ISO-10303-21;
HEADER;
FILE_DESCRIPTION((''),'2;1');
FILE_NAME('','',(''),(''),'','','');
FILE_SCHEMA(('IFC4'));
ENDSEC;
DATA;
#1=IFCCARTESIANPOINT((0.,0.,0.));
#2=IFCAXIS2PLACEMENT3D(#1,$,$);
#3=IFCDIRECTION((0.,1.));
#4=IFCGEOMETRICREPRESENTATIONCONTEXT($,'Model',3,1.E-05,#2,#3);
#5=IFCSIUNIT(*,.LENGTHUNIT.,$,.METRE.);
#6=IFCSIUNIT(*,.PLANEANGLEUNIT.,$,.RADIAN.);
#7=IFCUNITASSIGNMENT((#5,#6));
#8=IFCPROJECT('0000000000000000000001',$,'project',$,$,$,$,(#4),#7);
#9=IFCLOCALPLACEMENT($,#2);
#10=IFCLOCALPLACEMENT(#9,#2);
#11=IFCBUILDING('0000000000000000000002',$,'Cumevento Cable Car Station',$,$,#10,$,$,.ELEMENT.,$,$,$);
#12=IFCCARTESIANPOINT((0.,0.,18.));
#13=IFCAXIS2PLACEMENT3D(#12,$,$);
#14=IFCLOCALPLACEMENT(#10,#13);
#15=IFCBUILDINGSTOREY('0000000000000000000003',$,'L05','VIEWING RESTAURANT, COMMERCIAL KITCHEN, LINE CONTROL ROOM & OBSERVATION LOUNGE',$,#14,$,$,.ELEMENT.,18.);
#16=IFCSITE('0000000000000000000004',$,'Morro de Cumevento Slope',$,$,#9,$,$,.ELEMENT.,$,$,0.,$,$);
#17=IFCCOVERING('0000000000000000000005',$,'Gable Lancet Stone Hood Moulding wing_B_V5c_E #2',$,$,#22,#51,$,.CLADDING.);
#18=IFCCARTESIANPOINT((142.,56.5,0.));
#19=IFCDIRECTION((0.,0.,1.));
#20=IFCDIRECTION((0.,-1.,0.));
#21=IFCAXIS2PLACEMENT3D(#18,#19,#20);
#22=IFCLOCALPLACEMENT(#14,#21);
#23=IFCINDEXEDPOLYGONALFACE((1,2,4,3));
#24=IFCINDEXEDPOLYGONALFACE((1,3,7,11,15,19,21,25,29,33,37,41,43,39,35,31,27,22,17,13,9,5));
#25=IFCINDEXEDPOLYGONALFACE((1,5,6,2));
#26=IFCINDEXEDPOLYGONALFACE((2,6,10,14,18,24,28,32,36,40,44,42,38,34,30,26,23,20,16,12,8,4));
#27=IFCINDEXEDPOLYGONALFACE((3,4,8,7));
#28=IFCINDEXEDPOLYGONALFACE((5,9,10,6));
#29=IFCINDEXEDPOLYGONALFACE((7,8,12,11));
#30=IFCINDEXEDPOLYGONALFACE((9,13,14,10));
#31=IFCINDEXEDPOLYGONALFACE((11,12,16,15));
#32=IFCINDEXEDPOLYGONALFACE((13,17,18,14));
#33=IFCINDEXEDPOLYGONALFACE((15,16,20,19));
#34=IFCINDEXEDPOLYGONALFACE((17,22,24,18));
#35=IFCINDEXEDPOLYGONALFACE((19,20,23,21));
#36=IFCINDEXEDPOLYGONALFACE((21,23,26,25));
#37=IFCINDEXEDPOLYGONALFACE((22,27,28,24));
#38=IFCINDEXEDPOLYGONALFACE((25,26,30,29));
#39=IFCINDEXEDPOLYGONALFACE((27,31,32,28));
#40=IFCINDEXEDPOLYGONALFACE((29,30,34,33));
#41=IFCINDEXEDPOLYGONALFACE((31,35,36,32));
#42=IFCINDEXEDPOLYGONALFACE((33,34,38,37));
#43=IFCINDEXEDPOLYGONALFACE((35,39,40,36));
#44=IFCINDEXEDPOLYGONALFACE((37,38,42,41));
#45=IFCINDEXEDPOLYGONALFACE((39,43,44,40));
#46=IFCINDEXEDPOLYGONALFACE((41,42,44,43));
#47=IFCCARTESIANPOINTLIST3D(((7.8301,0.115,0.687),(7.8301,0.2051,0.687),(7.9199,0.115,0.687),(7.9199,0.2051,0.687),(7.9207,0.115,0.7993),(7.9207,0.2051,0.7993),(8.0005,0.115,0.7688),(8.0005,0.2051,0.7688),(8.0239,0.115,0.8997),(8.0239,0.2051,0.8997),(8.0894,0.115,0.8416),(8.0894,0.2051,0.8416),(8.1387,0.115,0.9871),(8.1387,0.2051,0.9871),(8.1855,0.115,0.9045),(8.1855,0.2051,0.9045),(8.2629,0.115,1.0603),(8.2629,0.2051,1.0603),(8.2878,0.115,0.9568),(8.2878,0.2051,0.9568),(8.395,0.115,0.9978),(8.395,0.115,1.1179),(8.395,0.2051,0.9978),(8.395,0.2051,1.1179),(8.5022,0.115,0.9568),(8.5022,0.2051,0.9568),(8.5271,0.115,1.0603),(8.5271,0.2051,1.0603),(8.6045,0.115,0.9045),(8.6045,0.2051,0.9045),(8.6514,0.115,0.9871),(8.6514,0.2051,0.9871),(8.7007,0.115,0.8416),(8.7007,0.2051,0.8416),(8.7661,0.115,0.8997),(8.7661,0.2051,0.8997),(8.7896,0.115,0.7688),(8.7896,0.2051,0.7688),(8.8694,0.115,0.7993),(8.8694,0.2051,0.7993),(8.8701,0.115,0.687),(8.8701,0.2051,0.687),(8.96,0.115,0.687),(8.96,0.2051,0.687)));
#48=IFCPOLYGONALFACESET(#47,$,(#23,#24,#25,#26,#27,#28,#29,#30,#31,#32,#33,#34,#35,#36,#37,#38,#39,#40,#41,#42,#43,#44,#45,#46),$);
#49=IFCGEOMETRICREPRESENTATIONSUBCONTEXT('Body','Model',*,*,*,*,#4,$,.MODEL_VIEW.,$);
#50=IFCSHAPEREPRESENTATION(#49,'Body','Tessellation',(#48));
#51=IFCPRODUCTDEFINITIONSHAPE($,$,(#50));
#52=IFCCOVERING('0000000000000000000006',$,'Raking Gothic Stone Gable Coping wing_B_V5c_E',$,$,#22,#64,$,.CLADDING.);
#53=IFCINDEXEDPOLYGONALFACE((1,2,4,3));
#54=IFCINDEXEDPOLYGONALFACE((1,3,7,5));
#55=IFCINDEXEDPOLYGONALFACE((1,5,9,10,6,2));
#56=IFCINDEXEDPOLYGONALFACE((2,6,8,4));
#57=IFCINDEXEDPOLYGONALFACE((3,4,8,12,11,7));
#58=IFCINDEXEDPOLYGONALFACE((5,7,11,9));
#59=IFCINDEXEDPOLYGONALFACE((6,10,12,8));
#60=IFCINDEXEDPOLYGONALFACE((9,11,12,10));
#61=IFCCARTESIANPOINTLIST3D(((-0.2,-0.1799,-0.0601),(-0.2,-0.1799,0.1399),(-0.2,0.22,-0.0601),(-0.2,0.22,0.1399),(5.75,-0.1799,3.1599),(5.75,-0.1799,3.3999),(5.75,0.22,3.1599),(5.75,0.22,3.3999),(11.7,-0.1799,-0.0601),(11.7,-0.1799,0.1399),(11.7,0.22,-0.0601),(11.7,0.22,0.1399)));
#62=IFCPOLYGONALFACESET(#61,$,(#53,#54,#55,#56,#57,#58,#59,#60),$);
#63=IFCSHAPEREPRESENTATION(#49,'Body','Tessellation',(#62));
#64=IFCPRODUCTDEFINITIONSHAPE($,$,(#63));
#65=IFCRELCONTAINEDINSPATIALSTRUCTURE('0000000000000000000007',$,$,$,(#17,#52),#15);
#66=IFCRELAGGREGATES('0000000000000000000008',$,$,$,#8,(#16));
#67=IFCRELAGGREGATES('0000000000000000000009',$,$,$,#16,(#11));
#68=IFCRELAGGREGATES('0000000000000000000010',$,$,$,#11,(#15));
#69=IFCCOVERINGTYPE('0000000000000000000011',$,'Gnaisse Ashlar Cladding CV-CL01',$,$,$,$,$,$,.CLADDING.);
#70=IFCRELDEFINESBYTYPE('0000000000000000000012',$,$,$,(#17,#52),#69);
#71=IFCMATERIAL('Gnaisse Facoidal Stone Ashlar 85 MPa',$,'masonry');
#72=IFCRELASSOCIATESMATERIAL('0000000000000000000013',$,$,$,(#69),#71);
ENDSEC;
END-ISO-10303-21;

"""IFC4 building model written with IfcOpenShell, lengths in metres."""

from ifc_helpers import new_model, si_unit, direction, frame, origin, place, context, subcontext, project, spatial, polyline, outline, extrude, material, type_object, element, save


model = new_model("IFC4")

# Units and contexts
model_context = context("Model", 3, precision=1e-05, world=origin(), true_north=direction((0.0, 1.0)))
body_context = subcontext(model_context, "Body", "Model", "MODEL_VIEW")
ifc_project = project(units=[si_unit("LENGTHUNIT", "METRE"), si_unit("PLANEANGLEUNIT", "RADIAN")], contexts=[model_context])

# Site, building, storey
site_placement = place(None, origin())
site = spatial("IfcSite", under=ifc_project, at=site_placement, Name="Morro de Cumevento Slope", CompositionType="ELEMENT", RefElevation=0.0)
building_placement = place(site_placement, origin())
building = spatial("IfcBuilding", under=site, at=building_placement, Name="Cumevento Cable Car Station", CompositionType="ELEMENT")
storey_placement = place(building_placement, frame((0.0, 0.0, 18.0)))
storey = spatial("IfcBuildingStorey", under=building, at=storey_placement, Name="L05", Description="VIEWING RESTAURANT, COMMERCIAL KITCHEN, LINE CONTROL ROOM & OBSERVATION LOUNGE", CompositionType="ELEMENT", Elevation=18.0)

# Coverings
ifc_material_1 = material(Name="Gnaisse Facoidal Stone Ashlar 85 MPa", Category="masonry")
covering_type = type_object("IfcCoveringType", Name="Gnaisse Ashlar Cladding CV-CL01", PredefinedType="CLADDING", material=ifc_material_1)
placement = place(storey_placement, frame((142.0, 56.5, 0.0), z_axis=(0.0, 0.0, 1.0), x_axis=(0.0, -1.0, 0.0)))
element("IfcCovering", 1, at=placement, inside=storey, type_object=covering_type, Name="Gable Lancet Stone Hood Moulding wing_B_V5c_E #2", PredefinedType="CLADDING", context=body_context, shape_type="SweptSolid", body=[
    extrude(outline(polyline([(7.9199, 0.687), (8.0005, 0.7688), (8.0894, 0.8416), (8.1855, 0.9045), (8.2878, 0.9568), (8.395, 0.9978), (8.5022, 0.9568), (8.6045, 0.9045), (8.7007, 0.8416), (8.7896, 0.7688), (8.8701, 0.687), (8.96, 0.687), (8.8694, 0.7993), (8.7661, 0.8997), (8.6514, 0.9871), (8.5271, 1.0603), (8.395, 1.1179), (8.2629, 1.0603), (8.1387, 0.9871), (8.0239, 0.8997), (7.9207, 0.7993), (7.8301, 0.687), (7.9199, 0.687)])), frame((0.0, 0.2051, 0.0), z_axis=(0.0, -1.0, 0.0), x_axis=(1.0, 0.0, 0.0)), (0.0, 0.0, 1.0), 0.0901),
])
element("IfcCovering", 2, at=placement, inside=storey, type_object=covering_type, Name="Raking Gothic Stone Gable Coping wing_B_V5c_E", PredefinedType="CLADDING", context=body_context, shape_type="SweptSolid", body=[
    extrude(outline(polyline([(-0.2, -0.0601), (5.75, 3.1599), (11.7, -0.0601), (11.7, 0.1399), (5.75, 3.3999), (-0.2, 0.1399), (-0.2, -0.0601)])), frame((0.0, 0.22, 0.0), z_axis=(0.0, -1.0, 0.0), x_axis=(1.0, 0.0, 0.0)), (0.0, 0.0, 1.0), 0.3999),
])

save(model, "model.ifc")
